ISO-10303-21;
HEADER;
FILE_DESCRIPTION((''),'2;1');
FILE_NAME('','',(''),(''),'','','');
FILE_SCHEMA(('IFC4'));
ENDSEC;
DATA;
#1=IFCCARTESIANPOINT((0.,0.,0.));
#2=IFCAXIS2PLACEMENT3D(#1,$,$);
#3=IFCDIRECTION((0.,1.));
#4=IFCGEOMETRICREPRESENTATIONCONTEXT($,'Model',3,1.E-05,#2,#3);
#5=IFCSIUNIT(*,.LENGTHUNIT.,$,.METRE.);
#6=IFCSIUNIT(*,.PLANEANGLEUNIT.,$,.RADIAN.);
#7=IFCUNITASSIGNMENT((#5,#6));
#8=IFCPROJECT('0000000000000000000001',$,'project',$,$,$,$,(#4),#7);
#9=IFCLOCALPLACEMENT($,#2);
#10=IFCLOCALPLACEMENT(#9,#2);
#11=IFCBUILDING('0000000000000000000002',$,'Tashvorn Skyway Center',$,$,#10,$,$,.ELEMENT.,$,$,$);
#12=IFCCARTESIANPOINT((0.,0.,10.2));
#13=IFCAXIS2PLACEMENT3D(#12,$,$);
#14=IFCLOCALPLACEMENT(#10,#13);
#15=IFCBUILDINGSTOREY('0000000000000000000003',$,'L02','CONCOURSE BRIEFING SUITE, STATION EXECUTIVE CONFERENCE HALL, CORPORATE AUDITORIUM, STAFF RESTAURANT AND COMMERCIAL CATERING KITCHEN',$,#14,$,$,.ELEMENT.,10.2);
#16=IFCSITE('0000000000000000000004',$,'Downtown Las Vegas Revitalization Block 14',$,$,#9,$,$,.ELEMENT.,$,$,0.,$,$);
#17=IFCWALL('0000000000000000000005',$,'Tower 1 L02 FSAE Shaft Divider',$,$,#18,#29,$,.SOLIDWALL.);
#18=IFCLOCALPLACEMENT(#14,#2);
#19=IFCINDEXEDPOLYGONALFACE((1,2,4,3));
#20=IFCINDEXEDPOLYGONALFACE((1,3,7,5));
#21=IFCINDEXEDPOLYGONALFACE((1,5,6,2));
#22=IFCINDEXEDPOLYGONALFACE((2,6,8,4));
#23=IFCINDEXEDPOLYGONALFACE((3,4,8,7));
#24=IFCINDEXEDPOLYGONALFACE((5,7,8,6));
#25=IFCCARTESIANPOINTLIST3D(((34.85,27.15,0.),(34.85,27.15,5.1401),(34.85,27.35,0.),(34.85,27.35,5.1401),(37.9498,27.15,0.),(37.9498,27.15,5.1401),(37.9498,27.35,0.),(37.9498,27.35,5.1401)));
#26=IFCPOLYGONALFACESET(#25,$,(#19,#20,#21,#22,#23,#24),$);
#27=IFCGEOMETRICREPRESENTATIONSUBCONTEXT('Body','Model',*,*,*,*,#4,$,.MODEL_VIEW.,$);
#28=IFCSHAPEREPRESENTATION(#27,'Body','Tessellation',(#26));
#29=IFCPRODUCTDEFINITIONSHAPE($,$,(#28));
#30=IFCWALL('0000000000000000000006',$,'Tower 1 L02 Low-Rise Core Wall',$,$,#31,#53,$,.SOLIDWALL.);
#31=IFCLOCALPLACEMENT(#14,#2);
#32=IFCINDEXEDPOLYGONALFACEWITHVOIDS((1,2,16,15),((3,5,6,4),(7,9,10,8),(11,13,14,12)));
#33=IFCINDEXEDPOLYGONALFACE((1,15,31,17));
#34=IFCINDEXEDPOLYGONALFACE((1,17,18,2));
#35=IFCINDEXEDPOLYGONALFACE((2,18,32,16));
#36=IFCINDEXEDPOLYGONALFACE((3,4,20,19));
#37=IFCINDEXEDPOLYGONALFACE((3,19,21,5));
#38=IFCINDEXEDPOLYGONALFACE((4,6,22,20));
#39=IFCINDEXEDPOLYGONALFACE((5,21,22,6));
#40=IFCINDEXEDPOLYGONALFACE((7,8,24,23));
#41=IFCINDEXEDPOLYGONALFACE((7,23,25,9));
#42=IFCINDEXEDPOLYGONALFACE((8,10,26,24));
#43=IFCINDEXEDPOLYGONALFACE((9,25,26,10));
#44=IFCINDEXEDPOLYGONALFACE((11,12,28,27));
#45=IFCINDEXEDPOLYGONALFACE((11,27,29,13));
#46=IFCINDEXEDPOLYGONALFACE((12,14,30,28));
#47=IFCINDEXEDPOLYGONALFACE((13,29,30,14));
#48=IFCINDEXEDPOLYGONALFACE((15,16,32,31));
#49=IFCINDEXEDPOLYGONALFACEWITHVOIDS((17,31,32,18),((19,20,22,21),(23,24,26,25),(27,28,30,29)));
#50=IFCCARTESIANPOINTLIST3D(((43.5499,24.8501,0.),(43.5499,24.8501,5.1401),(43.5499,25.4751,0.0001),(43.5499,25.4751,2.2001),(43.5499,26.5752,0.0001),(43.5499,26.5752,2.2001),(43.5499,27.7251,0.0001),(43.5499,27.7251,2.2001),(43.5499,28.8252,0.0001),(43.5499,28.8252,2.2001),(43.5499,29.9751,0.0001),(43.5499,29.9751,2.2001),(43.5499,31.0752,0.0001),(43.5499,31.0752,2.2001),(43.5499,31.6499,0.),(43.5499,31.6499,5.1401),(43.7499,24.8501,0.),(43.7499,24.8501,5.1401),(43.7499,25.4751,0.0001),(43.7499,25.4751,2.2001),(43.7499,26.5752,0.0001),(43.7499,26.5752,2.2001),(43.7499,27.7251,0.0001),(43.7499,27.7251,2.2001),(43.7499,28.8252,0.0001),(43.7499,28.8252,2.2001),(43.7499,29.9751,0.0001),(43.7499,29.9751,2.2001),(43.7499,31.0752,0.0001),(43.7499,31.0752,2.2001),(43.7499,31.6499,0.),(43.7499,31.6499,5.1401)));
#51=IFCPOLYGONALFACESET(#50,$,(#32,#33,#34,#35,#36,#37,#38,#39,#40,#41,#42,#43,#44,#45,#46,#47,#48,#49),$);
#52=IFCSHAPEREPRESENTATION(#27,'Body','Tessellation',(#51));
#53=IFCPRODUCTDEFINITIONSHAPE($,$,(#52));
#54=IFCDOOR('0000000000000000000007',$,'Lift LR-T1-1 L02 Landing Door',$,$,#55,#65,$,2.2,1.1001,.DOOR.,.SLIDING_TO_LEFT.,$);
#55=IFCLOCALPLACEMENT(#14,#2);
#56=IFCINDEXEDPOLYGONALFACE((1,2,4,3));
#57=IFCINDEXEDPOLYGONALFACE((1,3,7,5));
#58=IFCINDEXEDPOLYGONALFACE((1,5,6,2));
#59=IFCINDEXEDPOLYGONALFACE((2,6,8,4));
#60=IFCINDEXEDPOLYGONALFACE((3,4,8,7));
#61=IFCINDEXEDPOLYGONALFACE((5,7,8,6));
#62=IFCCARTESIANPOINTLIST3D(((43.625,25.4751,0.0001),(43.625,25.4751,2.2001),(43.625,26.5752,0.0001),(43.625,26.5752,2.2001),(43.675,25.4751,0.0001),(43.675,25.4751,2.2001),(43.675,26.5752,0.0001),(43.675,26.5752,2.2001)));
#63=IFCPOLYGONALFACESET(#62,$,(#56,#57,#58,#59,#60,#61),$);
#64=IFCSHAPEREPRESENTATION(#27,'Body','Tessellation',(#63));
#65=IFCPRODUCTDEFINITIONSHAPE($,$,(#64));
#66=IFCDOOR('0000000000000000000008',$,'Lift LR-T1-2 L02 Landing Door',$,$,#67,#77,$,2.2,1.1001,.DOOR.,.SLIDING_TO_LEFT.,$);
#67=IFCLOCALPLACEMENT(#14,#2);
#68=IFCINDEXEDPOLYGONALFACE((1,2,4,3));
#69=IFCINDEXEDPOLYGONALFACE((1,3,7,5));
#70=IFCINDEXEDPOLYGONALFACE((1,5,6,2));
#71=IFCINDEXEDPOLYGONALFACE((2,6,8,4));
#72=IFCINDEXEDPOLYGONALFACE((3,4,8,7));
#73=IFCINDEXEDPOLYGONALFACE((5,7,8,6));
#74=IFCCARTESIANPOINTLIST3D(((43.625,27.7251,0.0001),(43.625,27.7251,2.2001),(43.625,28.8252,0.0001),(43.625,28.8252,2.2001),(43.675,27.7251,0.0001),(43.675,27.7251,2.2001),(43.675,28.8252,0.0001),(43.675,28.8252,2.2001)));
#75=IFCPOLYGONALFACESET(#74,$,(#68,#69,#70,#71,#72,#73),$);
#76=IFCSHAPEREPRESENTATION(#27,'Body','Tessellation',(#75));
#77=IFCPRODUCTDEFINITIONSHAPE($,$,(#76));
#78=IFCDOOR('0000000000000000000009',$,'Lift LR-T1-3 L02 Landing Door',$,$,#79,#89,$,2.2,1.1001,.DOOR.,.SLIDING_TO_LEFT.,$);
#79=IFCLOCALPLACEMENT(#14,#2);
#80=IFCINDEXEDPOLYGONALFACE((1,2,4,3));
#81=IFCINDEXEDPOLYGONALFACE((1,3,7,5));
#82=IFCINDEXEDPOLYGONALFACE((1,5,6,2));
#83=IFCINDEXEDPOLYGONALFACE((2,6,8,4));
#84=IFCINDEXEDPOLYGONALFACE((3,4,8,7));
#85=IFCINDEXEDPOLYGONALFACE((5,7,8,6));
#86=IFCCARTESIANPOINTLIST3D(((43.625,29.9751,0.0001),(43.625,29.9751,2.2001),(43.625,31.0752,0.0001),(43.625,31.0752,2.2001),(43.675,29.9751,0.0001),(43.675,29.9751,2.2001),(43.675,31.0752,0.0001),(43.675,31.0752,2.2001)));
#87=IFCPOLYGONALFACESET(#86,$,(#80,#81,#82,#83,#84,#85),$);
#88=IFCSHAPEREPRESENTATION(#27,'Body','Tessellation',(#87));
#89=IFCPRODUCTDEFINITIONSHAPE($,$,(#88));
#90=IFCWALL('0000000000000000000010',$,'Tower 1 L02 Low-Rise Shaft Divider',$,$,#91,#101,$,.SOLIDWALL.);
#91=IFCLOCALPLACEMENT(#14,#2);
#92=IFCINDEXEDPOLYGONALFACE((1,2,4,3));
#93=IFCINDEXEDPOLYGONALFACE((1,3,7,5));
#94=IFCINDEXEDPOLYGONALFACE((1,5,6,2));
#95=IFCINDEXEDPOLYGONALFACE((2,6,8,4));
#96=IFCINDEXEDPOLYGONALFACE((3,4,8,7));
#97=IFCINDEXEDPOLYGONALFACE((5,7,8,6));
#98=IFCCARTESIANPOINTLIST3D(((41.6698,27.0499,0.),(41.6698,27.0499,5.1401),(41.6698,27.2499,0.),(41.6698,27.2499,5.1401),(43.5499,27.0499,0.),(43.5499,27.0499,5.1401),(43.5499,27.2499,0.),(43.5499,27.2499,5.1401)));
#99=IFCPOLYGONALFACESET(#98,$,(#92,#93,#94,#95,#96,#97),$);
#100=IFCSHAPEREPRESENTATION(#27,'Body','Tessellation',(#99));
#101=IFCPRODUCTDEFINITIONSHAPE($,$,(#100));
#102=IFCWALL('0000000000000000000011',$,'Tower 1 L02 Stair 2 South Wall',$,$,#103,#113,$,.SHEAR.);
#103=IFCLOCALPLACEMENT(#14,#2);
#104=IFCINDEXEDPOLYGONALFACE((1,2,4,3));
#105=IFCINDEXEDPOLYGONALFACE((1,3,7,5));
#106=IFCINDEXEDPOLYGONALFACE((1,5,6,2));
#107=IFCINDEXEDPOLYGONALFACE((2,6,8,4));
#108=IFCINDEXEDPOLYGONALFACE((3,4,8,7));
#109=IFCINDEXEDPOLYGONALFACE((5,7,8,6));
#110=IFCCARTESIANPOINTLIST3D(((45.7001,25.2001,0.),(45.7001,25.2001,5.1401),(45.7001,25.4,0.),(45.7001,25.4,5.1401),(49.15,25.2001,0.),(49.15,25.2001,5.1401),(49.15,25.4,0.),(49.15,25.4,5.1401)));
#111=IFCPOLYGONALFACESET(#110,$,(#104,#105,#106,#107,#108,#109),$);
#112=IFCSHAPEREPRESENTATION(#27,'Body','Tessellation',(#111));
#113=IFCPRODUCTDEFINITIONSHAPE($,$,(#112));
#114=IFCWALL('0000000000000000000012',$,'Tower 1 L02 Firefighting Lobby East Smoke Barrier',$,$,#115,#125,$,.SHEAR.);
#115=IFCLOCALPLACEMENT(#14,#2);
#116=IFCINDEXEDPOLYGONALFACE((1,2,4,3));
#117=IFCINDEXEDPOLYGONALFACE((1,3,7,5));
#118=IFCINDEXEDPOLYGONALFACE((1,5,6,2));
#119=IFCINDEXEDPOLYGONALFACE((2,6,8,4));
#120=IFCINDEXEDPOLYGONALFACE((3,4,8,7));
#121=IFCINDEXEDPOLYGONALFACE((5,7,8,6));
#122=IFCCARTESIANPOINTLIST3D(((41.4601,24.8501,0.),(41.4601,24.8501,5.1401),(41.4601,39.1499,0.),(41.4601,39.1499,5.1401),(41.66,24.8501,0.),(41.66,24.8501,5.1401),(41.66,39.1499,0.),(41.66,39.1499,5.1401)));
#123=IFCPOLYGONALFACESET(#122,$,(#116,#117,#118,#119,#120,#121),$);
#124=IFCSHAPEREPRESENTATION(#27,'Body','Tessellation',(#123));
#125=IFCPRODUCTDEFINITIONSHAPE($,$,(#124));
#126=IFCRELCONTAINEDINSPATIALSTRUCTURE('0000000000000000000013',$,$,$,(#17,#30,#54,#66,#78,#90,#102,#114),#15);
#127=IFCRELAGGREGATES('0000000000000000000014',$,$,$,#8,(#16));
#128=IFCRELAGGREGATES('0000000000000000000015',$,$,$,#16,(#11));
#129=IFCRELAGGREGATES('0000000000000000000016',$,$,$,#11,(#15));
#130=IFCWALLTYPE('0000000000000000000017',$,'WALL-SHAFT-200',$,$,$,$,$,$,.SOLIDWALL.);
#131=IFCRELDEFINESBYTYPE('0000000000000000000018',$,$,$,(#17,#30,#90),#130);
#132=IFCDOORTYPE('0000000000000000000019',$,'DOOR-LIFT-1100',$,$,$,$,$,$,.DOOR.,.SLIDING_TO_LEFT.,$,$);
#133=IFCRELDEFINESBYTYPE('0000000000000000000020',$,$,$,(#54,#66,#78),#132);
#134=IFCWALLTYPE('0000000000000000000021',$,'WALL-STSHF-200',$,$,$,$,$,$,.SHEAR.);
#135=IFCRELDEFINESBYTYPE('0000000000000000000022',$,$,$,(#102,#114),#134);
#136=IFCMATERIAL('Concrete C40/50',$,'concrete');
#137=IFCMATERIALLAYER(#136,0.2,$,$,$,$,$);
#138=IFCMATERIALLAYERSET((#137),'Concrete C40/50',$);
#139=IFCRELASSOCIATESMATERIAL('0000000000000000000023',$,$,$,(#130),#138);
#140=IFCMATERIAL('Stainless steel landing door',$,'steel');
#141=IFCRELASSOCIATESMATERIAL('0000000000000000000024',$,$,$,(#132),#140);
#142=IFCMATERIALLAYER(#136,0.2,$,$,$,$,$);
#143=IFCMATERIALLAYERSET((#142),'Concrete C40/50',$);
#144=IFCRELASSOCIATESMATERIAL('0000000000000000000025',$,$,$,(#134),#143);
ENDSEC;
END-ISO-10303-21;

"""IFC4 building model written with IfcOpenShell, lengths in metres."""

from ifc_helpers import new_model, si_unit, direction, frame, frame_2d, origin, place, context, subcontext, project, spatial, rectangle, extrude, material, layer, layer_set, type_object, element, fill, save


model = new_model("IFC4")

# Units and contexts
model_context = context("Model", 3, precision=1e-05, world=origin(), true_north=direction((0.0, 1.0)))
body_context = subcontext(model_context, "Body", "Model", "MODEL_VIEW")
ifc_project = project(units=[si_unit("LENGTHUNIT", "METRE"), si_unit("PLANEANGLEUNIT", "RADIAN")], contexts=[model_context])

# Site, building, storey
site_placement = place(None, origin())
site = spatial("IfcSite", under=ifc_project, at=site_placement, Name="Downtown Las Vegas Revitalization Block 14", CompositionType="ELEMENT", RefElevation=0.0)
building_placement = place(site_placement, origin())
building = spatial("IfcBuilding", under=site, at=building_placement, Name="Tashvorn Skyway Center", CompositionType="ELEMENT")
storey_placement = place(building_placement, frame((0.0, 0.0, 10.2)))
storey = spatial("IfcBuildingStorey", under=building, at=storey_placement, Name="L02", Description="CONCOURSE BRIEFING SUITE, STATION EXECUTIVE CONFERENCE HALL, CORPORATE AUDITORIUM, STAFF RESTAURANT AND COMMERCIAL CATERING KITCHEN", CompositionType="ELEMENT", Elevation=10.2)

# Shared definitions
ifc_material_1 = material(Name="Concrete C40/50", Category="concrete")

# Wall
ifc_layer_1 = layer(ifc_material_1, 0.2)
ifc_layer_set_1 = layer_set([ifc_layer_1], Name="Concrete C40/50")
wall_type_1 = type_object("IfcWallType", Name="WALL-SHAFT-200", PredefinedType="SOLIDWALL", material=ifc_layer_set_1)
wall_1_placement = place(storey_placement, frame((34.8501, 27.25, 0.0), z_axis=(0.0, 0.0, 1.0), x_axis=(1.0, 0.0, 0.0)))
element("IfcWall", 1, at=wall_1_placement, inside=storey, type_object=wall_type_1, Name="Tower 1 L02 FSAE Shaft Divider", PredefinedType="SOLIDWALL", context=body_context, shape_type="SweptSolid", body=[
    extrude(rectangle(XDim=3.0999, YDim=0.2, at=frame_2d((1.5498, 0.0))), origin(), (0.0, 0.0, 1.0), 5.1401),
])

# Wall, openings, doors
wall_2_placement = place(storey_placement, frame((43.6499, 24.8501, 0.0), z_axis=(0.0, 0.0, 1.0), x_axis=(0.0, 1.0, 0.0)))
wall_2 = element("IfcWall", 2, at=wall_2_placement, inside=storey, type_object=wall_type_1, Name="Tower 1 L02 Low-Rise Core Wall", PredefinedType="SOLIDWALL", context=body_context, shape_type="SweptSolid", body=[
    extrude(rectangle(XDim=6.7998, YDim=0.2, at=frame_2d((3.3999, 0.0))), origin(), (0.0, 0.0, 1.0), 5.1401),
])
opening_1_placement = place(wall_2_placement, frame((0.625, 0.0, 0.0)))
opening_1 = element("IfcOpeningElement", 3, at=opening_1_placement, cuts=wall_2, PredefinedType="OPENING", context=body_context, shape_type="SweptSolid", body=[
    extrude(rectangle(XDim=1.1001, YDim=2.2, at=frame_2d((0.55, 1.1001))), frame((0.0, 0.1099, 0.0), z_axis=(0.0, -1.0, 0.0), x_axis=(1.0, 0.0, 0.0)), (0.0, 0.0, 1.0), 0.22),
])
opening_2_placement = place(wall_2_placement, frame((2.875, 0.0, 0.0)))
opening_2 = element("IfcOpeningElement", 4, at=opening_2_placement, cuts=wall_2, PredefinedType="OPENING", context=body_context, shape_type="SweptSolid", body=[
    extrude(rectangle(XDim=1.1001, YDim=2.2, at=frame_2d((0.55, 1.1001))), frame((0.0, 0.1099, 0.0), z_axis=(0.0, -1.0, 0.0), x_axis=(1.0, 0.0, 0.0)), (0.0, 0.0, 1.0), 0.22),
])
opening_3_placement = place(wall_2_placement, frame((5.125, 0.0, 0.0)))
opening_3 = element("IfcOpeningElement", 5, at=opening_3_placement, cuts=wall_2, PredefinedType="OPENING", context=body_context, shape_type="SweptSolid", body=[
    extrude(rectangle(XDim=1.1001, YDim=2.2, at=frame_2d((0.55, 1.1001))), frame((0.0, 0.1099, 0.0), z_axis=(0.0, -1.0, 0.0), x_axis=(1.0, 0.0, 0.0)), (0.0, 0.0, 1.0), 0.22),
])
ifc_material_2 = material(Name="Stainless steel landing door", Category="steel")
door_type_1 = type_object("IfcDoorType", Name="DOOR-LIFT-1100", OperationType="SLIDING_TO_LEFT", PredefinedType="DOOR", material=ifc_material_2)
door_1_placement = place(opening_1_placement, origin())
door_1 = element("IfcDoor", 6, at=door_1_placement, inside=storey, type_object=door_type_1, Name="Lift LR-T1-1 L02 Landing Door", OperationType="SLIDING_TO_LEFT", OverallHeight=2.2, OverallWidth=1.1001, PredefinedType="DOOR", context=body_context, shape_type="SweptSolid", body=[
    extrude(rectangle(XDim=1.1001, YDim=2.2, at=frame_2d((0.55, 1.1001))), frame((0.0, 0.0249, 0.0), z_axis=(0.0, -1.0, 0.0), x_axis=(1.0, 0.0, 0.0)), (0.0, 0.0, 1.0), 0.05),
])
fill(opening_1, door_1)
door_2_placement = place(opening_2_placement, origin())
door_2 = element("IfcDoor", 7, at=door_2_placement, inside=storey, type_object=door_type_1, Name="Lift LR-T1-2 L02 Landing Door", OperationType="SLIDING_TO_LEFT", OverallHeight=2.2, OverallWidth=1.1001, PredefinedType="DOOR", context=body_context, shape_type="SweptSolid", body=[
    extrude(rectangle(XDim=1.1001, YDim=2.2, at=frame_2d((0.55, 1.1001))), frame((0.0, 0.0249, 0.0), z_axis=(0.0, -1.0, 0.0), x_axis=(1.0, 0.0, 0.0)), (0.0, 0.0, 1.0), 0.05),
])
fill(opening_2, door_2)
door_3_placement = place(opening_3_placement, origin())
door_3 = element("IfcDoor", 8, at=door_3_placement, inside=storey, type_object=door_type_1, Name="Lift LR-T1-3 L02 Landing Door", OperationType="SLIDING_TO_LEFT", OverallHeight=2.2, OverallWidth=1.1001, PredefinedType="DOOR", context=body_context, shape_type="SweptSolid", body=[
    extrude(rectangle(XDim=1.1001, YDim=2.2, at=frame_2d((0.55, 1.1001))), frame((0.0, 0.0249, 0.0), z_axis=(0.0, -1.0, 0.0), x_axis=(1.0, 0.0, 0.0)), (0.0, 0.0, 1.0), 0.05),
])
fill(opening_3, door_3)

# Walls
wall_3_placement = place(storey_placement, frame((41.6699, 27.1499, 0.0), z_axis=(0.0, 0.0, 1.0), x_axis=(1.0, 0.0, 0.0)))
element("IfcWall", 9, at=wall_3_placement, inside=storey, type_object=wall_type_1, Name="Tower 1 L02 Low-Rise Shaft Divider", PredefinedType="SOLIDWALL", context=body_context, shape_type="SweptSolid", body=[
    extrude(rectangle(XDim=1.8801, YDim=0.2, at=frame_2d((0.9399, 0.0))), origin(), (0.0, 0.0, 1.0), 5.1401),
])
ifc_layer_2 = layer(ifc_material_1, 0.2)
ifc_layer_set_2 = layer_set([ifc_layer_2], Name="Concrete C40/50")
wall_type_2 = type_object("IfcWallType", Name="WALL-STSHF-200", PredefinedType="SHEAR", material=ifc_layer_set_2)
wall_4_placement = place(storey_placement, frame((45.7, 25.3, 0.0), z_axis=(0.0, 0.0, 1.0), x_axis=(1.0, 0.0, 0.0)))
element("IfcWall", 10, at=wall_4_placement, inside=storey, type_object=wall_type_2, Name="Tower 1 L02 Stair 2 South Wall", PredefinedType="SHEAR", context=body_context, shape_type="SweptSolid", body=[
    extrude(rectangle(XDim=3.45, YDim=0.2, at=frame_2d((1.7251, 0.0))), origin(), (0.0, 0.0, 1.0), 5.1401),
])
wall_5_placement = place(storey_placement, frame((41.5601, 24.8501, 0.0), z_axis=(0.0, 0.0, 1.0), x_axis=(0.0, 1.0, 0.0)))
element("IfcWall", 11, at=wall_5_placement, inside=storey, type_object=wall_type_2, Name="Tower 1 L02 Firefighting Lobby East Smoke Barrier", PredefinedType="SHEAR", context=body_context, shape_type="SweptSolid", body=[
    extrude(rectangle(XDim=14.2998, YDim=0.2, at=frame_2d((7.1499, 0.0))), origin(), (0.0, 0.0, 1.0), 5.1401),
])

save(model, "model.ifc")
